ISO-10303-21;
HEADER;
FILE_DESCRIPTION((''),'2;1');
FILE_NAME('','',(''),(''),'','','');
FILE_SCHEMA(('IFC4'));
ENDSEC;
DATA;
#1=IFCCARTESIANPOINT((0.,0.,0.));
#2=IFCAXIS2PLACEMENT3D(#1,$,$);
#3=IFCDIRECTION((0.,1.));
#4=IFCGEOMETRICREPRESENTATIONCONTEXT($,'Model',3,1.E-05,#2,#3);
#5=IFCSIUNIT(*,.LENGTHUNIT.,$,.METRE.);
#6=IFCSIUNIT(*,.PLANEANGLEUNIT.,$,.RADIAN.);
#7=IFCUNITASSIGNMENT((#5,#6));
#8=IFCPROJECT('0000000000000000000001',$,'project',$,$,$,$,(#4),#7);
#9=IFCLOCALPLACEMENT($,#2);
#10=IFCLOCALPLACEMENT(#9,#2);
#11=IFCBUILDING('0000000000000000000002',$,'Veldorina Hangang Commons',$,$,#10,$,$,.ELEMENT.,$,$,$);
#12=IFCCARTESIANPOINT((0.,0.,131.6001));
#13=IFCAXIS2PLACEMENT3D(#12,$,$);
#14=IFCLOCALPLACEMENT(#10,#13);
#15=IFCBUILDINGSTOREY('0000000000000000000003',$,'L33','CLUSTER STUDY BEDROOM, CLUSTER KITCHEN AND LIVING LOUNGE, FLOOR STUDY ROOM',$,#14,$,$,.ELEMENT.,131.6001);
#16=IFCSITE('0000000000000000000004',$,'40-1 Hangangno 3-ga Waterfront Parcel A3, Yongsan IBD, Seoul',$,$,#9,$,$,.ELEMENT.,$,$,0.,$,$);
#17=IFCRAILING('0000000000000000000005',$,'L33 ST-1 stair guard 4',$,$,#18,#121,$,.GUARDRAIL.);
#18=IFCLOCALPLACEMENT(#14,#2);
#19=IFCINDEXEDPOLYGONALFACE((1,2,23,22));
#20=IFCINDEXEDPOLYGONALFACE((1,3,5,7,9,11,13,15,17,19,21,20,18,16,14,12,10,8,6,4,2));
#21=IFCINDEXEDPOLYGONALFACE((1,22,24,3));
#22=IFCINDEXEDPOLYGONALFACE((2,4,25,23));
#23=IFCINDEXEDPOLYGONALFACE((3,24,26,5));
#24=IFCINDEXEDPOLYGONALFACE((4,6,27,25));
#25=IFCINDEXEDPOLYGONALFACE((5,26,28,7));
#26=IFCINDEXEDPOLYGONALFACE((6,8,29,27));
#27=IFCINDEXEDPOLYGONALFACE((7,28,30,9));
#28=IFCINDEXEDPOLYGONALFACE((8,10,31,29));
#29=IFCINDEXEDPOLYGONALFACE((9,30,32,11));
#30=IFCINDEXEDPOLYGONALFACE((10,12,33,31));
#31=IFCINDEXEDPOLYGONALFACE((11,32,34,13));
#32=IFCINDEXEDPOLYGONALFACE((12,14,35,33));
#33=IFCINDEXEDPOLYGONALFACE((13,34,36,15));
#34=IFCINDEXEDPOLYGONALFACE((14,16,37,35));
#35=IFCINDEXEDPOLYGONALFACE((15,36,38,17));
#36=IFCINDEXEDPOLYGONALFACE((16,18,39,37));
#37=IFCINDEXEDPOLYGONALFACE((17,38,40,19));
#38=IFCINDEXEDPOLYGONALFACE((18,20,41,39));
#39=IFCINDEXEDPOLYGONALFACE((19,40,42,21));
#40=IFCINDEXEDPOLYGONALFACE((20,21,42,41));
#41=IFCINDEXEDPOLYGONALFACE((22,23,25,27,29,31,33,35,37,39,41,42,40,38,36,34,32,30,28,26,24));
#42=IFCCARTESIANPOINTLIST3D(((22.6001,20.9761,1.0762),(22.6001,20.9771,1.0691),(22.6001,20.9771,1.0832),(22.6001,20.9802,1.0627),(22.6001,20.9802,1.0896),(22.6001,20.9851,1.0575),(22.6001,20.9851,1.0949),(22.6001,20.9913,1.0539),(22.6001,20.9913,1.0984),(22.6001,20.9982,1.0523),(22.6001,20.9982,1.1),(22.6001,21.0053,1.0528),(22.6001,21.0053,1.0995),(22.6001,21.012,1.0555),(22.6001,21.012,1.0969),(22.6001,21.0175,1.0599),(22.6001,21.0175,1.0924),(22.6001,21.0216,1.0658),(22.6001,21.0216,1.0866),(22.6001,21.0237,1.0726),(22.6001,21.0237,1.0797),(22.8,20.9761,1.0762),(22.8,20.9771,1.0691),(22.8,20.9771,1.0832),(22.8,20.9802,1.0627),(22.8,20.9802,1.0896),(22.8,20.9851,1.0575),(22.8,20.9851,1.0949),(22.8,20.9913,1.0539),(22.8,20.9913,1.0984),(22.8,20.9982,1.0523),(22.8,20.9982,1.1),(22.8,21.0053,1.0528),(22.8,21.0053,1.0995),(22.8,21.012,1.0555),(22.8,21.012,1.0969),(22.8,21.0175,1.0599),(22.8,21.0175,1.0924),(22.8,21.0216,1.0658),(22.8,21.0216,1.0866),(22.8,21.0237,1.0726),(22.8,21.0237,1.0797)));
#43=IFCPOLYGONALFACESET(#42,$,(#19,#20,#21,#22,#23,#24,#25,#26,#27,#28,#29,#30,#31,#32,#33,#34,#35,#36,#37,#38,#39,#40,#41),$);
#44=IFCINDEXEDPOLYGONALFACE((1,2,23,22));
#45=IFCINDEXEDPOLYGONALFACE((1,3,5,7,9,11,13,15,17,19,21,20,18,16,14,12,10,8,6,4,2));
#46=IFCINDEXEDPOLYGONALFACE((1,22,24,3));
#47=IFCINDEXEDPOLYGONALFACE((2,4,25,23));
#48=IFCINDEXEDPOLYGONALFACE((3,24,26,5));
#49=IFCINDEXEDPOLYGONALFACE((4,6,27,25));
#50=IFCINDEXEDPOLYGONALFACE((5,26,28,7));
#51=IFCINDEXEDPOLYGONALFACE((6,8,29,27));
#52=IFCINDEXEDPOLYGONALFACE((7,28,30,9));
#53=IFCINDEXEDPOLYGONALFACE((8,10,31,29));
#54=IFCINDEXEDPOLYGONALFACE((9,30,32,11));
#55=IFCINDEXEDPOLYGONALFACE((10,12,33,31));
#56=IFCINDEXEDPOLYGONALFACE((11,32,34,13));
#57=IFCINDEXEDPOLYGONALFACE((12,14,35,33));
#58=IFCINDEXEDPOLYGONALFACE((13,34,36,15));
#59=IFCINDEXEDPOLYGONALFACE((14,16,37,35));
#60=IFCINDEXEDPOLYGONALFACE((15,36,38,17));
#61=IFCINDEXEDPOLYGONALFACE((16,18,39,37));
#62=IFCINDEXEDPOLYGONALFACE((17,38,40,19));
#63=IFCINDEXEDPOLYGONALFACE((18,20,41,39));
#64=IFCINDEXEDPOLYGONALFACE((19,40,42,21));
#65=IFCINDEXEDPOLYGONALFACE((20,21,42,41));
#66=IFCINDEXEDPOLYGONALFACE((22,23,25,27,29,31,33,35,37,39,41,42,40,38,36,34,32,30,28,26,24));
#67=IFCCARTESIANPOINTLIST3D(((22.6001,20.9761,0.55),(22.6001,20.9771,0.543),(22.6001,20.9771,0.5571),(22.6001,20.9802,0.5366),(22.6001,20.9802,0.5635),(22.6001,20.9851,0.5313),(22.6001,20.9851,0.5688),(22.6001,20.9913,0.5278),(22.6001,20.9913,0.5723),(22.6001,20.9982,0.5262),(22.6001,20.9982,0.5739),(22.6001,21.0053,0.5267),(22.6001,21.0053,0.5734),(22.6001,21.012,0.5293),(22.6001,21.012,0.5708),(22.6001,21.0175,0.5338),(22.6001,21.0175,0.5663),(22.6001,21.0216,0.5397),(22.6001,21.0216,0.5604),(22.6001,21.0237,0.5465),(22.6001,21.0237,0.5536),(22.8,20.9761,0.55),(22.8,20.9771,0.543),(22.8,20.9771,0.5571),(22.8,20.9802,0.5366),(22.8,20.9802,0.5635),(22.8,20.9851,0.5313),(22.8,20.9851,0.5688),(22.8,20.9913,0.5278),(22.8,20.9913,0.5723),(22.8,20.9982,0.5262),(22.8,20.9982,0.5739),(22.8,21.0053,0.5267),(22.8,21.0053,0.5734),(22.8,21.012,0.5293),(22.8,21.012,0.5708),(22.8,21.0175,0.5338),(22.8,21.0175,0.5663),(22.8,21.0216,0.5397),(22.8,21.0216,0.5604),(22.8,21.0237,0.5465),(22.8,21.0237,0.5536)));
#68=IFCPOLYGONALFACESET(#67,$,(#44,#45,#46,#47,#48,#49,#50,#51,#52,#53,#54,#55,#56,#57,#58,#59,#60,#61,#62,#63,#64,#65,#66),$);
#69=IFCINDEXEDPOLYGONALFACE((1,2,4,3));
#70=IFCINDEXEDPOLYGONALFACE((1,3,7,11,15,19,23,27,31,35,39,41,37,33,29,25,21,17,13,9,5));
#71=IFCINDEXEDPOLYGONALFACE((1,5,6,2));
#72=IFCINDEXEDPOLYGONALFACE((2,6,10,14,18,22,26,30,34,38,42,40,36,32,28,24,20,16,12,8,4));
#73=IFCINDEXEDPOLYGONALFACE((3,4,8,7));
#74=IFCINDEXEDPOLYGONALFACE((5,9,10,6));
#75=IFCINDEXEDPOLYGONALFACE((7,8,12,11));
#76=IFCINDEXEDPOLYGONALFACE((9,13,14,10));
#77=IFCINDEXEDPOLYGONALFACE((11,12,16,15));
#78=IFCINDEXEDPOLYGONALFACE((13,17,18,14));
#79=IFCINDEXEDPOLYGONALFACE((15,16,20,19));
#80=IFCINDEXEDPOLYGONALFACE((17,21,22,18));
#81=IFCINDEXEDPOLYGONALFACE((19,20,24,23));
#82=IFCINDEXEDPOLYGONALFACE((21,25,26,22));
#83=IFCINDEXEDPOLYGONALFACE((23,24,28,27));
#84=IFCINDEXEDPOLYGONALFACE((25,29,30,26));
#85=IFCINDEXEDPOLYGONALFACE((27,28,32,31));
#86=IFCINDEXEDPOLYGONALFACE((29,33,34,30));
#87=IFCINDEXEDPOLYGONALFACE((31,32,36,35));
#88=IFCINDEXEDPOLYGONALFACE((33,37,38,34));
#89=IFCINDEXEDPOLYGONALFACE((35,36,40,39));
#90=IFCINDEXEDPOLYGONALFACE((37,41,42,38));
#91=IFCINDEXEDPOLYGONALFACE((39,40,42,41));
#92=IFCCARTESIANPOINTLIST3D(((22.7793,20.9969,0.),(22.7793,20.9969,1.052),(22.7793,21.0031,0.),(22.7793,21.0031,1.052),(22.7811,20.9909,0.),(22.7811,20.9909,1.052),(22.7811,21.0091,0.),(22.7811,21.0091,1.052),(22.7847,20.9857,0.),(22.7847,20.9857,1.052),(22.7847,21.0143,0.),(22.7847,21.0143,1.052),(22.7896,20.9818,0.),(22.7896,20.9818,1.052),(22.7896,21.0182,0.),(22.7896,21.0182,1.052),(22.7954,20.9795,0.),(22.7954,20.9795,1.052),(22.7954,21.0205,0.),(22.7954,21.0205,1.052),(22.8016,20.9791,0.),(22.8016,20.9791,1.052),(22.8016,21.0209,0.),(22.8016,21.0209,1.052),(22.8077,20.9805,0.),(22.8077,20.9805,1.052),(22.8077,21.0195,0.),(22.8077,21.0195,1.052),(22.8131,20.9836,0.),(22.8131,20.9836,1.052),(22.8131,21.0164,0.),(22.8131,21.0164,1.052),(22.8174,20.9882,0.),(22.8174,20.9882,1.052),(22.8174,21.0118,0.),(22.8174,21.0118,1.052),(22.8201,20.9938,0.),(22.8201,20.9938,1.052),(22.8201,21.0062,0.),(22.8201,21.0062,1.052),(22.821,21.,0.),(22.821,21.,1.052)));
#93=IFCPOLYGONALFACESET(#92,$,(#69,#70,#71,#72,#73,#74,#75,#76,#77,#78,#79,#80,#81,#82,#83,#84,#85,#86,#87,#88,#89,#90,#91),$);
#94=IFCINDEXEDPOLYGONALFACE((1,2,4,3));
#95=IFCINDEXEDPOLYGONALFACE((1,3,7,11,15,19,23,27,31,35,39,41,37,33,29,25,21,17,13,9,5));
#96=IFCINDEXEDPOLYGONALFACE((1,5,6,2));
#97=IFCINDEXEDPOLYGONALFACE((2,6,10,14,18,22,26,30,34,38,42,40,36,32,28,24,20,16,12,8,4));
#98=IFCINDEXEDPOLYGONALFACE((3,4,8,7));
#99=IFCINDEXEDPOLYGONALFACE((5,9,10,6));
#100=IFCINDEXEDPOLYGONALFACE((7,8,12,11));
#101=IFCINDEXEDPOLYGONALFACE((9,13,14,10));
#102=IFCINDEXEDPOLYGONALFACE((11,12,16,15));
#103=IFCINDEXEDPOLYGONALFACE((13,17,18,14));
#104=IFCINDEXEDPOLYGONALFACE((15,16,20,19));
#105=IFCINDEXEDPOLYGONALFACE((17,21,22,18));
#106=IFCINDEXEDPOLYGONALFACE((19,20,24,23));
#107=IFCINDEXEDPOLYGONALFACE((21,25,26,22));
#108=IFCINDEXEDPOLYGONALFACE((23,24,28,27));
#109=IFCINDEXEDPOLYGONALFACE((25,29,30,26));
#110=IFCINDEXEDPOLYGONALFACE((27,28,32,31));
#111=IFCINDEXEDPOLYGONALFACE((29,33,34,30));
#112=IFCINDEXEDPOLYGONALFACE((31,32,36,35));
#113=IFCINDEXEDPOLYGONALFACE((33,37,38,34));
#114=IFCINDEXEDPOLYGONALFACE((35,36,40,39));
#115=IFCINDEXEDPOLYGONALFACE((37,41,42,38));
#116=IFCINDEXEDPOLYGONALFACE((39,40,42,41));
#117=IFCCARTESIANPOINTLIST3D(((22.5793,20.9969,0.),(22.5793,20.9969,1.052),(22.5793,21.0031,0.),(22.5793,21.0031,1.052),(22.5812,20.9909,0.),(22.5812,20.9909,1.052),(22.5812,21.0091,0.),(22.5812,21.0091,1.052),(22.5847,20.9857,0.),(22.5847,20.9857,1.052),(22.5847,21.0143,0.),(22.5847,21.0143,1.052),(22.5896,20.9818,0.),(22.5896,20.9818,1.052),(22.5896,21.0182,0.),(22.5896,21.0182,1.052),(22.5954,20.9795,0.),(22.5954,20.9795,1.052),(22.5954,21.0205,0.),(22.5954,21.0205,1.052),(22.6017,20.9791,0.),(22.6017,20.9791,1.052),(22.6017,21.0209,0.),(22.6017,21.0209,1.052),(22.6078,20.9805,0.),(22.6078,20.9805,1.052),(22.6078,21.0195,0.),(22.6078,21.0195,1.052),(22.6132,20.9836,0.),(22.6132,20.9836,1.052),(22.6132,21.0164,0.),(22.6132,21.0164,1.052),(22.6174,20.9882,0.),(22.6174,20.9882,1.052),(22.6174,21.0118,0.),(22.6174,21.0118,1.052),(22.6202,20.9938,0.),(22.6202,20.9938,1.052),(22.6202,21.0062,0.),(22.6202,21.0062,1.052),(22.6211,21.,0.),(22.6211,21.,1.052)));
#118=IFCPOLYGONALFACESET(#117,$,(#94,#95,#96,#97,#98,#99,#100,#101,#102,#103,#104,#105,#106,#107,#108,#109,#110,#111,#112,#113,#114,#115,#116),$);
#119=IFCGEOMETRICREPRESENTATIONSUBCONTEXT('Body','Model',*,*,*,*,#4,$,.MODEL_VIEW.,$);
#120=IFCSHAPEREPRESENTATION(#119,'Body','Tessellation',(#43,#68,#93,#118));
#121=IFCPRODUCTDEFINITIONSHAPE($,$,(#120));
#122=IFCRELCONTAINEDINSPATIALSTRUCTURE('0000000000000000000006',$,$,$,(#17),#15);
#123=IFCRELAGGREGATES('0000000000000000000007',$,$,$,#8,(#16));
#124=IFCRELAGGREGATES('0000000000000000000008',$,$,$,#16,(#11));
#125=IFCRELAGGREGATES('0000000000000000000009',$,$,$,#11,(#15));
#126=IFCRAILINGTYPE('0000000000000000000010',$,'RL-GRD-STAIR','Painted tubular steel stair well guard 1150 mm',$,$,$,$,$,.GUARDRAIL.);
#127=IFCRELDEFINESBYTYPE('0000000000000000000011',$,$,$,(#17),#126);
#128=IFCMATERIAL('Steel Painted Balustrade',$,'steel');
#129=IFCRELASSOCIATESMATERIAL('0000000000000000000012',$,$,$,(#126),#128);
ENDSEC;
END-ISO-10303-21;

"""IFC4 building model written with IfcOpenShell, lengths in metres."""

from ifc_helpers import new_model, si_unit, direction, frame, origin, origin_2d, place, context, subcontext, project, spatial, circle, extrude, material, type_object, element, save


model = new_model("IFC4")

# Units and contexts
model_context = context("Model", 3, precision=1e-05, world=origin(), true_north=direction((0.0, 1.0)))
body_context = subcontext(model_context, "Body", "Model", "MODEL_VIEW")
ifc_project = project(units=[si_unit("LENGTHUNIT", "METRE"), si_unit("PLANEANGLEUNIT", "RADIAN")], contexts=[model_context])

# Site, building, storey
site_placement = place(None, origin())
site = spatial("IfcSite", under=ifc_project, at=site_placement, Name="40-1 Hangangno 3-ga Waterfront Parcel A3, Yongsan IBD, Seoul", CompositionType="ELEMENT", RefElevation=0.0)
building_placement = place(site_placement, origin())
building = spatial("IfcBuilding", under=site, at=building_placement, Name="Veldorina Hangang Commons", CompositionType="ELEMENT")
storey_placement = place(building_placement, frame((0.0, 0.0, 131.6001)))
storey = spatial("IfcBuildingStorey", under=building, at=storey_placement, Name="L33", Description="CLUSTER STUDY BEDROOM, CLUSTER KITCHEN AND LIVING LOUNGE, FLOOR STUDY ROOM", CompositionType="ELEMENT", Elevation=131.6001)

# Railing
ifc_material_1 = material(Name="Steel Painted Balustrade", Category="steel")
railing_type_1 = type_object("IfcRailingType", Name="RL-GRD-STAIR", Description="Painted tubular steel stair well guard 1150 mm", PredefinedType="GUARDRAIL", material=ifc_material_1)
railing_1_placement = place(storey_placement, frame((22.8, 21.0, 0.0)))
element("IfcRailing", 1, at=railing_1_placement, inside=storey, type_object=railing_type_1, Name="L33 ST-1 stair guard 4", PredefinedType="GUARDRAIL", context=body_context, shape_type="SweptSolid", body=[
    extrude(circle(Radius=0.0239, at=origin_2d()), frame((0.0, 0.0, 1.0762), z_axis=(-1.0, 0.0, 0.0), x_axis=(0.0, -1.0, 0.0)), (0.0, 0.0, 1.0), 0.2),
    extrude(circle(Radius=0.0239, at=origin_2d()), frame((0.0, 0.0, 0.55), z_axis=(-1.0, 0.0, 0.0), x_axis=(0.0, -1.0, 0.0)), (0.0, 0.0, 1.0), 0.2),
    extrude(circle(Radius=0.021, at=origin_2d()), origin(), (0.0, 0.0, 1.0), 1.052),
    extrude(circle(Radius=0.021, at=origin_2d()), frame((-0.2, 0.0, 0.0)), (0.0, 0.0, 1.0), 1.052),
])

save(model, "model.ifc")
